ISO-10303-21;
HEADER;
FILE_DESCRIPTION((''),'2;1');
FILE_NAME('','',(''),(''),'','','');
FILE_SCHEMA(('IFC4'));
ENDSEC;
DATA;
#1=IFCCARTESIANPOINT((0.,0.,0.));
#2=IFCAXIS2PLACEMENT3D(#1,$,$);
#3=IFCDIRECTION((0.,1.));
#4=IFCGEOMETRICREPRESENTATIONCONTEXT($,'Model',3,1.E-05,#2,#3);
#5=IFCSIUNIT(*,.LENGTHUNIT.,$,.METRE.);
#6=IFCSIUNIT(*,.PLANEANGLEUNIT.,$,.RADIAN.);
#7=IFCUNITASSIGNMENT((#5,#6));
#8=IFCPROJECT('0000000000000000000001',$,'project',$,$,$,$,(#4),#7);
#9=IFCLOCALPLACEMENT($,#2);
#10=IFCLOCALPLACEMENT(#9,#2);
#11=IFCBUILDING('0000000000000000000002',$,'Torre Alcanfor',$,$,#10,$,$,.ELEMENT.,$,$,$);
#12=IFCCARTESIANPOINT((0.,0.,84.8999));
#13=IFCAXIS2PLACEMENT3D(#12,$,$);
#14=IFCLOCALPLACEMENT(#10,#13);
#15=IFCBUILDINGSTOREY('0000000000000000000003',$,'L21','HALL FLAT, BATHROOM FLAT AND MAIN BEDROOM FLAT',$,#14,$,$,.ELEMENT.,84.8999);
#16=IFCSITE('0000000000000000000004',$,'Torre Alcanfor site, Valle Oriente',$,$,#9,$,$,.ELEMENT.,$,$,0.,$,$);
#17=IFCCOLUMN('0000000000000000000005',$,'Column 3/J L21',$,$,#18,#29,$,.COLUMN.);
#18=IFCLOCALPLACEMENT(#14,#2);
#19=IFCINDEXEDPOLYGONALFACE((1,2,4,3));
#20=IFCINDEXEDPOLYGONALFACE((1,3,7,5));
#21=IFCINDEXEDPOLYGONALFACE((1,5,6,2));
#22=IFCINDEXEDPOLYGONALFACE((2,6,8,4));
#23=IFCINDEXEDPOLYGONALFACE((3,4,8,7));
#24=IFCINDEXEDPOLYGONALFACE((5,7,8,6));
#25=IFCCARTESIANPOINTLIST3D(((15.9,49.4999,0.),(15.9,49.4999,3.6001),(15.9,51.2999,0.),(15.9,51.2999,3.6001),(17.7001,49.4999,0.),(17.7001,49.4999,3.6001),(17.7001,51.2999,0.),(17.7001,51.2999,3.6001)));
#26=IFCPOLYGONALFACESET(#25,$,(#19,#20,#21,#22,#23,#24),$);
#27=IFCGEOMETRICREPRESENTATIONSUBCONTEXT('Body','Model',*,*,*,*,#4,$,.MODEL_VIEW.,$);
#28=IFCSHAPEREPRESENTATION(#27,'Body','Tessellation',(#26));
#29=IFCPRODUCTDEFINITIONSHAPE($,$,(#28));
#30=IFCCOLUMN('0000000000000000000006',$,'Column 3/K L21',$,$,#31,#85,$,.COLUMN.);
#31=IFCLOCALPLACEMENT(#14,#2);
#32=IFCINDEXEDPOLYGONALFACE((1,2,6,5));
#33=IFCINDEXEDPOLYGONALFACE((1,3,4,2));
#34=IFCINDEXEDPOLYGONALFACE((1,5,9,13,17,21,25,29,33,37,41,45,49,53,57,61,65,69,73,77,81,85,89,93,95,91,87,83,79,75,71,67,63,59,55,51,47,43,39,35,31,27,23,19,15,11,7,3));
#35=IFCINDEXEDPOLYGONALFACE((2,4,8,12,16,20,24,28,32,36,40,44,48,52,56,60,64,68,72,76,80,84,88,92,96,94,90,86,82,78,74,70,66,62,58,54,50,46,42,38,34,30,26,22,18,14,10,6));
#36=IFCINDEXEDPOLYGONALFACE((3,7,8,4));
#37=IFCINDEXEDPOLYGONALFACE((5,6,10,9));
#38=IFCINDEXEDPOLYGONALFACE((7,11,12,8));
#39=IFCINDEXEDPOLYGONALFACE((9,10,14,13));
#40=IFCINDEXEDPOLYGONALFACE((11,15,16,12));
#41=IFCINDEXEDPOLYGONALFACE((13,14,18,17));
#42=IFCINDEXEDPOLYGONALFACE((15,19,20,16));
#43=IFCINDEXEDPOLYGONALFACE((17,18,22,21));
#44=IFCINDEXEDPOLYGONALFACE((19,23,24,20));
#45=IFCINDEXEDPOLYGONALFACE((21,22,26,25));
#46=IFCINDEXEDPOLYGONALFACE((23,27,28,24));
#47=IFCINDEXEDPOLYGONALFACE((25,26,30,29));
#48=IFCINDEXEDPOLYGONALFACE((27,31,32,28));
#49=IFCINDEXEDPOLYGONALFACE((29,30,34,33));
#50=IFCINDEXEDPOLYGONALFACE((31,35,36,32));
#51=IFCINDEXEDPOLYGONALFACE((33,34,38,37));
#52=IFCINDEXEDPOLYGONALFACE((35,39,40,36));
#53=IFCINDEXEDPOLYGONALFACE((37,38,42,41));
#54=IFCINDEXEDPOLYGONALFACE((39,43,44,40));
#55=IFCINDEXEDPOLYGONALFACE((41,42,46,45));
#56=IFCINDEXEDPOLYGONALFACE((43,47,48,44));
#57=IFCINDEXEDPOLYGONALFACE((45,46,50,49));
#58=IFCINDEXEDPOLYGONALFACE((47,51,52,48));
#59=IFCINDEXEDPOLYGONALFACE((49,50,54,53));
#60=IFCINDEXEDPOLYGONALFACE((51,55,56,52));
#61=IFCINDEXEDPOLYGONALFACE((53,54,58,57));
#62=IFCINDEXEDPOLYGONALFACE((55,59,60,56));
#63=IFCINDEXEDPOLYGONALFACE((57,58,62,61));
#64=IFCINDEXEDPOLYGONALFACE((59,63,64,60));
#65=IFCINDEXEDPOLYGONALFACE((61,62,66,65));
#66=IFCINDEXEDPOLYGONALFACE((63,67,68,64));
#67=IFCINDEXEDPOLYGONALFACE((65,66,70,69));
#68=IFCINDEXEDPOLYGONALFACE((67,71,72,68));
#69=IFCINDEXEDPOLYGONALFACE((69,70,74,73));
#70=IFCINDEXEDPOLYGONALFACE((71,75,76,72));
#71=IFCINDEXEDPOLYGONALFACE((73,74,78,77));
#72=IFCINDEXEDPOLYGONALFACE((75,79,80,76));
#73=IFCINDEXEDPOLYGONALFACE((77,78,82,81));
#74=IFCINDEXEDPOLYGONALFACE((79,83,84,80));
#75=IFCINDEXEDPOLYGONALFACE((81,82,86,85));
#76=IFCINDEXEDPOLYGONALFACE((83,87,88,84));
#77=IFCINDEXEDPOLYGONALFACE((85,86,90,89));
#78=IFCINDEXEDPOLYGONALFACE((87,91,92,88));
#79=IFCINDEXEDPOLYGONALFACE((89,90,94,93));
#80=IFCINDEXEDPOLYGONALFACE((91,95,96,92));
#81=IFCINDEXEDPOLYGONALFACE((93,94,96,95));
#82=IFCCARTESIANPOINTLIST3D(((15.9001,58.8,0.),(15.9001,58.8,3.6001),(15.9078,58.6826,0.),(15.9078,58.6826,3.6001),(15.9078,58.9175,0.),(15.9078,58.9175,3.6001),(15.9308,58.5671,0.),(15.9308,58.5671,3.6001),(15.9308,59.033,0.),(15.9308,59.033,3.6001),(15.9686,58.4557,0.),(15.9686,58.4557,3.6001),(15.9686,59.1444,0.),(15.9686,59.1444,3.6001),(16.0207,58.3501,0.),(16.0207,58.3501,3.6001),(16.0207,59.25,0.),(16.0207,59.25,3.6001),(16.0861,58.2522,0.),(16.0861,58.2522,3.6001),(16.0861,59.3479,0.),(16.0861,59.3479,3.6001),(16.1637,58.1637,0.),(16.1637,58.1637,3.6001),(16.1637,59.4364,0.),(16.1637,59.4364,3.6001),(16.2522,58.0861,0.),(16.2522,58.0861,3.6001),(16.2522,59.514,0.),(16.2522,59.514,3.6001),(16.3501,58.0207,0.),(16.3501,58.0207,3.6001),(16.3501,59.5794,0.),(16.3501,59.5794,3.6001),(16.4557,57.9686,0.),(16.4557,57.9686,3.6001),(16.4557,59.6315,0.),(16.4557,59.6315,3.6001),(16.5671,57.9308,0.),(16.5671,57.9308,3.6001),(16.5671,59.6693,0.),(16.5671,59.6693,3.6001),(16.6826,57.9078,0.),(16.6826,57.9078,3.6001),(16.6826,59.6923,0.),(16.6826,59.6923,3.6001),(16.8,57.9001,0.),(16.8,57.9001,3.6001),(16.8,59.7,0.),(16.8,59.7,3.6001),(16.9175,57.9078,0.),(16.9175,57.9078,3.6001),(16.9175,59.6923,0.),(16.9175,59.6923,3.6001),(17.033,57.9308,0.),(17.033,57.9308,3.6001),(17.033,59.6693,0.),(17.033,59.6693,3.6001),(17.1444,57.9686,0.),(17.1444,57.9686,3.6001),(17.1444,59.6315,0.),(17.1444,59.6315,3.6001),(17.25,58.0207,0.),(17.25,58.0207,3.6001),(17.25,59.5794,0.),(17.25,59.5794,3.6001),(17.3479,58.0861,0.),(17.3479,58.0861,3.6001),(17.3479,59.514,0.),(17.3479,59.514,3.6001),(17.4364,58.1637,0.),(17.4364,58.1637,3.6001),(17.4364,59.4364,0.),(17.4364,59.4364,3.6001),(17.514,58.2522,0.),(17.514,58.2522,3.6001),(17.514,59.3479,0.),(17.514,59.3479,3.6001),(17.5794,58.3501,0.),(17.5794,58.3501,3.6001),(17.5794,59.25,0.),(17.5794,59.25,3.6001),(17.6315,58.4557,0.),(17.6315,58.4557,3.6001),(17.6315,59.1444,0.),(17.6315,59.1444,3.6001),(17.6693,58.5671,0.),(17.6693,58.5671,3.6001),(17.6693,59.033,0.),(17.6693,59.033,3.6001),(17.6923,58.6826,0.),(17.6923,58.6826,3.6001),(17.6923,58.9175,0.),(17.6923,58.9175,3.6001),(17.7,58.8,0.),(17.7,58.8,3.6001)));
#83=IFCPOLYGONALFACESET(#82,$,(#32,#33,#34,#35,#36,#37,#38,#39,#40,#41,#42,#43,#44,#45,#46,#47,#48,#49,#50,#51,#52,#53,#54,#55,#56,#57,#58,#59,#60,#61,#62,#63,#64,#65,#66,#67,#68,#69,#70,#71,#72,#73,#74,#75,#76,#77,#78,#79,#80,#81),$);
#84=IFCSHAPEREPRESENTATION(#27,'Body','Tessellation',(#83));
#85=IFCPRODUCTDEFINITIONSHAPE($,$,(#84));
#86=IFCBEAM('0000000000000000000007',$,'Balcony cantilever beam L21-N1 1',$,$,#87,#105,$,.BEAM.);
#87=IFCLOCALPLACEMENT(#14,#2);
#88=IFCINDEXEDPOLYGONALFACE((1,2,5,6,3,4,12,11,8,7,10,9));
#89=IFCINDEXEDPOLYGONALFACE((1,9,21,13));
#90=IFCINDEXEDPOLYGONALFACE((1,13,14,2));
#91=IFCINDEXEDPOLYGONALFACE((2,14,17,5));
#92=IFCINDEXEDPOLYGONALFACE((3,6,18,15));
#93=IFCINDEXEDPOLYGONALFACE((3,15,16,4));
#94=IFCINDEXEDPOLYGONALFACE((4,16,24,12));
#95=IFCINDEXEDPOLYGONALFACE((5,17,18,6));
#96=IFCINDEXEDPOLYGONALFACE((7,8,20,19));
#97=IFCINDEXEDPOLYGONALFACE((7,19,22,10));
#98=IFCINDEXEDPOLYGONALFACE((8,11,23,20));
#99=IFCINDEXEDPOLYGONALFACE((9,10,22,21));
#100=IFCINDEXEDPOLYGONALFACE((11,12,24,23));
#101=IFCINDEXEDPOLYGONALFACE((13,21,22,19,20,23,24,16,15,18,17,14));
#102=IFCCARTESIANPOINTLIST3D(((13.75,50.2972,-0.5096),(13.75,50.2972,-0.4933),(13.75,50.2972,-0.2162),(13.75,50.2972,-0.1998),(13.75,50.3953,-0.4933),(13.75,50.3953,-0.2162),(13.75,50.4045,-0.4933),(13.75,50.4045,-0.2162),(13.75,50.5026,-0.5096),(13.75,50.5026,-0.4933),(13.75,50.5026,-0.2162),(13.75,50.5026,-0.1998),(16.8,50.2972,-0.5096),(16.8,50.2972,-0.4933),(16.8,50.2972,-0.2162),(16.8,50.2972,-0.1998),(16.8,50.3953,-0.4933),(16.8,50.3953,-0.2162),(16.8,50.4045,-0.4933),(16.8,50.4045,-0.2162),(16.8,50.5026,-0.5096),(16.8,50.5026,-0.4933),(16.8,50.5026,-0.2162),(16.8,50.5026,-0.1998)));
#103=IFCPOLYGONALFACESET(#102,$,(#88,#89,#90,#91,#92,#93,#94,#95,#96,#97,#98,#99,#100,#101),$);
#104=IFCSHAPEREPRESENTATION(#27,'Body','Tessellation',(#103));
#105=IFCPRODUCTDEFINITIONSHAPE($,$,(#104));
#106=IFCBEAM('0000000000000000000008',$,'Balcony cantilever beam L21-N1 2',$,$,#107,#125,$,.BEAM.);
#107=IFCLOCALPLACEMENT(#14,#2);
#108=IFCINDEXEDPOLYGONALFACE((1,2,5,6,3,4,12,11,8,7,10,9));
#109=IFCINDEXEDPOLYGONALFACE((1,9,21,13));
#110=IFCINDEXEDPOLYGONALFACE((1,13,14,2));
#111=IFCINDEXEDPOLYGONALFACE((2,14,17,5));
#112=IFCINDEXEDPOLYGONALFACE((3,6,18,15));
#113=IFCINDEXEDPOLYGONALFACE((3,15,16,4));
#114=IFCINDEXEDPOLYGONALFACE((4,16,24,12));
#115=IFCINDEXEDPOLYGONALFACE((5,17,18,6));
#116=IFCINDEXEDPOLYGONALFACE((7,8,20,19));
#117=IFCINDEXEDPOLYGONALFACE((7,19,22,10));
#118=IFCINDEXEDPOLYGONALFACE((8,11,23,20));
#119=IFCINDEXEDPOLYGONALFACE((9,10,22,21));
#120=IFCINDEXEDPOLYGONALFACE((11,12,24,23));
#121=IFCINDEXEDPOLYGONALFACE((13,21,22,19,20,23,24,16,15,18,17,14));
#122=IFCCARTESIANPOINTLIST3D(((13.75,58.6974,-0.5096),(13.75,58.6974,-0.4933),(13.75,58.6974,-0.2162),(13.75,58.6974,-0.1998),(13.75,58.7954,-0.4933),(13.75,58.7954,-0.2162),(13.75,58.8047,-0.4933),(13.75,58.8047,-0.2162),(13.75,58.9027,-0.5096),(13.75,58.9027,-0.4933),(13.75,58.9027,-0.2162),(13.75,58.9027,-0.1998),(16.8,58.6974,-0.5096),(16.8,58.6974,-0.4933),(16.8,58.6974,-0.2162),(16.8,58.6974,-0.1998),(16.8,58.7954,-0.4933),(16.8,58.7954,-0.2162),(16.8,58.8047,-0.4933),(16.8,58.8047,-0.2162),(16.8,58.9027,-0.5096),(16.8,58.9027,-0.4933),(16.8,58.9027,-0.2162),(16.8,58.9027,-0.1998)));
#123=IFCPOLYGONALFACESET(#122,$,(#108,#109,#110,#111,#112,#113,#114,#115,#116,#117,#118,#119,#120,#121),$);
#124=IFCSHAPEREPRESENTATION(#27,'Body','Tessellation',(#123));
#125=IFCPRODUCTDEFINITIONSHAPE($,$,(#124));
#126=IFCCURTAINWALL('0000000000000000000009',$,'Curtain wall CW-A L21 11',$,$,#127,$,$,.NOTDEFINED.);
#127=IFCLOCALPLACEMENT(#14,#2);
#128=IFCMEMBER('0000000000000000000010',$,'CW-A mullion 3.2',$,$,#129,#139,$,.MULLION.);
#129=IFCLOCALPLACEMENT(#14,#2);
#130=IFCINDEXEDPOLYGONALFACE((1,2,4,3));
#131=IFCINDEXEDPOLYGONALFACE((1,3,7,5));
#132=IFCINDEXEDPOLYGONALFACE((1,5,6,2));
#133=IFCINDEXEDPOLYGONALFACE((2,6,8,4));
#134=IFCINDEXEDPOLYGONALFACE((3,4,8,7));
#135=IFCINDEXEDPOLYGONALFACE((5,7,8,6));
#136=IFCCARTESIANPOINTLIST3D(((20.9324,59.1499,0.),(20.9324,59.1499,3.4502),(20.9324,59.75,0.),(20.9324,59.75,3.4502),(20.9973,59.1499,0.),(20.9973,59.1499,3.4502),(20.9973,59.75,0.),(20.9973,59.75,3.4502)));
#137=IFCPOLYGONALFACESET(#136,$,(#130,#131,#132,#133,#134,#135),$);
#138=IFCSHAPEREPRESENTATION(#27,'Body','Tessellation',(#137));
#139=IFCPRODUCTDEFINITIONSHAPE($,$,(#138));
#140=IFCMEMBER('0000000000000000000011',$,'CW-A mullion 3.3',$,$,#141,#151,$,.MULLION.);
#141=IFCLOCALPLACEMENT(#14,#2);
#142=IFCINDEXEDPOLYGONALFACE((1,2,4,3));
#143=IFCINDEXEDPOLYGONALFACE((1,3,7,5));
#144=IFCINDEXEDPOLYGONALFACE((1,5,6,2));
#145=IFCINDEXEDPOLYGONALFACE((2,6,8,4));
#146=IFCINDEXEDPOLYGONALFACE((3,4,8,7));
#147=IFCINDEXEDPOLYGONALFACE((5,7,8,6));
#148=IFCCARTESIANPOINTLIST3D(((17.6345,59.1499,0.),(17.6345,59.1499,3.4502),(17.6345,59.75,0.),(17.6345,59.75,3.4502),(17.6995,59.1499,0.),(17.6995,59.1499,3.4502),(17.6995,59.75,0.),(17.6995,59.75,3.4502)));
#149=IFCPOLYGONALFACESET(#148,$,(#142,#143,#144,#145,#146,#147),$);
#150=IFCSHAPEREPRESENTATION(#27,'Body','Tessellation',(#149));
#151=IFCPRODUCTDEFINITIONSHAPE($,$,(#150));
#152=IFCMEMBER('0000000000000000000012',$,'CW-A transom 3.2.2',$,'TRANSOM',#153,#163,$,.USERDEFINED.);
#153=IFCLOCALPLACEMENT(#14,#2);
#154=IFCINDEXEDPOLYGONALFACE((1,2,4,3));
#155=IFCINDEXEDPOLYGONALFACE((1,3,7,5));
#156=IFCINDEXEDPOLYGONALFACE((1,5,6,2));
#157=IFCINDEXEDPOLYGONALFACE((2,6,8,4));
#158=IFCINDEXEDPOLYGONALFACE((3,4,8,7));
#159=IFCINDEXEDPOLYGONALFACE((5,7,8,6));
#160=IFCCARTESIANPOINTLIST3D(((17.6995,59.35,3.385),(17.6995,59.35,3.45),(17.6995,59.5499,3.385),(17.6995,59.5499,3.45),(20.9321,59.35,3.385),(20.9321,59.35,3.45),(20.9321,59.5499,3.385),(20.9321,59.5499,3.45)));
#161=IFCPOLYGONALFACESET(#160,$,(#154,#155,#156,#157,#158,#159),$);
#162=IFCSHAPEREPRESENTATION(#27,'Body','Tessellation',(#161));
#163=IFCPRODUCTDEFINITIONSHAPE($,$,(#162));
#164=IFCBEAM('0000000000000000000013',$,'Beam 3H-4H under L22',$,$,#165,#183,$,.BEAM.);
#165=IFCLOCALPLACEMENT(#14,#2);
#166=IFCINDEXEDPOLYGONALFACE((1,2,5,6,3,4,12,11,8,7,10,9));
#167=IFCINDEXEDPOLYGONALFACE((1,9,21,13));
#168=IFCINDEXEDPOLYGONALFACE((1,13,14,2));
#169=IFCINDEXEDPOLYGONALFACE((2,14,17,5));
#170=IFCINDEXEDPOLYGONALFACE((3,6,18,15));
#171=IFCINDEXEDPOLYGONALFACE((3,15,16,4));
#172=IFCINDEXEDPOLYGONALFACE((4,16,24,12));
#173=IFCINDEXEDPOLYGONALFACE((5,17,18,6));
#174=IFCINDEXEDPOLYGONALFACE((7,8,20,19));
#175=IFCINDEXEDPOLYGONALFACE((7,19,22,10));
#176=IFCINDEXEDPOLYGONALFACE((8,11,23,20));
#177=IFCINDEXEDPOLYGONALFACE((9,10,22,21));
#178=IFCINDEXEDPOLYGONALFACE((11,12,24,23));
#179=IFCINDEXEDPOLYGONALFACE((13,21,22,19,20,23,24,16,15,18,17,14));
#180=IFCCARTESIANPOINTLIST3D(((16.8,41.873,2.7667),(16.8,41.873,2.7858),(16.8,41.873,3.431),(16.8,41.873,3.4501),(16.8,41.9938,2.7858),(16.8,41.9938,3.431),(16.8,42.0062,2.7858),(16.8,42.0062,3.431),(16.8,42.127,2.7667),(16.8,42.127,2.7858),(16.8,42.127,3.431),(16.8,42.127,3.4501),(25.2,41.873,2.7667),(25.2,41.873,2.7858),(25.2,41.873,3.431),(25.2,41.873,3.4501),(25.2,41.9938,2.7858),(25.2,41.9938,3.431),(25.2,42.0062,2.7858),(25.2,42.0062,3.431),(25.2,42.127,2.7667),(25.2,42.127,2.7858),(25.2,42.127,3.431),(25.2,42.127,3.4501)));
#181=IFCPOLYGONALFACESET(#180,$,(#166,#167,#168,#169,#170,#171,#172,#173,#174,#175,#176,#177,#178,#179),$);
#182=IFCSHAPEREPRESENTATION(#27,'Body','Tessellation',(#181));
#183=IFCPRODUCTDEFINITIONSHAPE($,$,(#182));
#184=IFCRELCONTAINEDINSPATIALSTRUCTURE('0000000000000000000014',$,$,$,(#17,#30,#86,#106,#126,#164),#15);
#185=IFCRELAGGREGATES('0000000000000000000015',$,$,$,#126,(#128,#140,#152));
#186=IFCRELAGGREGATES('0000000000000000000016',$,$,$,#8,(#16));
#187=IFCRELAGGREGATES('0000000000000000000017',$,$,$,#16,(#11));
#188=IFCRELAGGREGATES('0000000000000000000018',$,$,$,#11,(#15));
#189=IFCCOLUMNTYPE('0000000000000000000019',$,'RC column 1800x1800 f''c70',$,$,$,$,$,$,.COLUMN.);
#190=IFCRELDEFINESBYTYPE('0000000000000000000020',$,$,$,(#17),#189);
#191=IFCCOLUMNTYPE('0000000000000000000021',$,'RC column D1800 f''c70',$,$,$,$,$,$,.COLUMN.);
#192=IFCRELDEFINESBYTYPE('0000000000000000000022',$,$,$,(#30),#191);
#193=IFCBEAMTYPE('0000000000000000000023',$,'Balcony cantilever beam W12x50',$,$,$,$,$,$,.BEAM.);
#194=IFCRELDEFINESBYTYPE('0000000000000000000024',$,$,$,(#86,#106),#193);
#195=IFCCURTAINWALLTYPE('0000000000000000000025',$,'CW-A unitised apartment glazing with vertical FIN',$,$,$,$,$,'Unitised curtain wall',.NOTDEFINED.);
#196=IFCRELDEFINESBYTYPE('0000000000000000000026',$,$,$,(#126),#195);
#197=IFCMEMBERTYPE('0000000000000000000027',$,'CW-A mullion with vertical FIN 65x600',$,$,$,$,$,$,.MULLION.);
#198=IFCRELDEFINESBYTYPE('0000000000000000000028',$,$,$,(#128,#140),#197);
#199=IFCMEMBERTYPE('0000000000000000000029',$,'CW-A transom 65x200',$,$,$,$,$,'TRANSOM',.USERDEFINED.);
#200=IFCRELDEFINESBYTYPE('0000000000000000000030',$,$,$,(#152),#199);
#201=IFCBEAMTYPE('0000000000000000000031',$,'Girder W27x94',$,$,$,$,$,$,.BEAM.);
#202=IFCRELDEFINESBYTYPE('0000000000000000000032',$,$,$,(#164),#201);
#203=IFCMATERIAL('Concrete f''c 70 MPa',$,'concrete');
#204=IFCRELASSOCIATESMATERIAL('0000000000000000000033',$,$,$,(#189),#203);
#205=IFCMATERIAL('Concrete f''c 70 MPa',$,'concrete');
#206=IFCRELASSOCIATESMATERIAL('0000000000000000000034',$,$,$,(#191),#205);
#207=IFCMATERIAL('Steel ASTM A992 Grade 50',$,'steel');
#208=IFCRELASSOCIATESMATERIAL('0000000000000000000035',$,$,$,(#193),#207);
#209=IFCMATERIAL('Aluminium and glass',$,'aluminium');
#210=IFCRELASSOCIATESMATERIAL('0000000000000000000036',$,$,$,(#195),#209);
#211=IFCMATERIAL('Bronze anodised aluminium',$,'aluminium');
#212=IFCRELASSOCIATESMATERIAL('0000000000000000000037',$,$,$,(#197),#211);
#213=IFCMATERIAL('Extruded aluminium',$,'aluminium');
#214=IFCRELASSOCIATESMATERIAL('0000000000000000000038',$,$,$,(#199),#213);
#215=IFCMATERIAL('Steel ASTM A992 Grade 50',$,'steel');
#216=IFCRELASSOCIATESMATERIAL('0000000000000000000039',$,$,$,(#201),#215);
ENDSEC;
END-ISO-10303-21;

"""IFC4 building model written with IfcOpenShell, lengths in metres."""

from ifc_helpers import new_model, si_unit, direction, frame, origin, origin_2d, place, context, subcontext, project, spatial, rectangle, circle, i_section, extrude, material, material_profile, profile_set, type_object, element, aggregate, save


model = new_model("IFC4")

# Units and contexts
model_context = context("Model", 3, precision=1e-05, world=origin(), true_north=direction((0.0, 1.0)))
body_context = subcontext(model_context, "Body", "Model", "MODEL_VIEW")
ifc_project = project(units=[si_unit("LENGTHUNIT", "METRE"), si_unit("PLANEANGLEUNIT", "RADIAN")], contexts=[model_context])

# Site, building, storey
site_placement = place(None, origin())
site = spatial("IfcSite", under=ifc_project, at=site_placement, Name="Torre Alcanfor site, Valle Oriente", CompositionType="ELEMENT", RefElevation=0.0)
building_placement = place(site_placement, origin())
building = spatial("IfcBuilding", under=site, at=building_placement, Name="Torre Alcanfor", CompositionType="ELEMENT")
storey_placement = place(building_placement, frame((0.0, 0.0, 84.8999)))
storey = spatial("IfcBuildingStorey", under=building, at=storey_placement, Name="L21", Description="HALL FLAT, BATHROOM FLAT AND MAIN BEDROOM FLAT", CompositionType="ELEMENT", Elevation=84.8999)

# Columns
ifc_material_1 = material(Name="Concrete f'c 70 MPa", Category="concrete")
ifc_material_profile_1 = material_profile(ifc_material_1, rectangle(XDim=1.8, YDim=1.8, at=origin_2d()), Name="1800x1800")
ifc_profile_set_1 = profile_set([ifc_material_profile_1], Name="Concrete f'c 70 MPa")
column_type_1 = type_object("IfcColumnType", Name="RC column 1800x1800 f'c70", PredefinedType="COLUMN", material=ifc_profile_set_1)
column_1_placement = place(storey_placement, frame((16.8, 50.3999, 0.0), z_axis=(0.0, 0.0, 1.0), x_axis=(1.0, 0.0, 0.0)))
element("IfcColumn", 1, at=column_1_placement, inside=storey, type_object=column_type_1, Name="Column 3/J L21", PredefinedType="COLUMN", context=body_context, shape_type="SweptSolid", body=[
    extrude(rectangle(XDim=1.8, YDim=1.8, at=origin_2d()), origin(), (0.0, 0.0, 1.0), 3.6001),
])
ifc_material_2 = material(Name="Concrete f'c 70 MPa", Category="concrete")
ifc_material_profile_2 = material_profile(ifc_material_2, circle(Radius=0.8999, at=origin_2d()), Name="D1800")
ifc_profile_set_2 = profile_set([ifc_material_profile_2], Name="Concrete f'c 70 MPa")
column_type_2 = type_object("IfcColumnType", Name="RC column D1800 f'c70", PredefinedType="COLUMN", material=ifc_profile_set_2)
column_2_placement = place(storey_placement, frame((16.8, 58.8, 0.0), z_axis=(0.0, 0.0, 1.0), x_axis=(1.0, 0.0, 0.0)))
element("IfcColumn", 2, at=column_2_placement, inside=storey, type_object=column_type_2, Name="Column 3/K L21", PredefinedType="COLUMN", context=body_context, shape_type="SweptSolid", body=[
    extrude(circle(Radius=0.8999, at=origin_2d()), origin(), (0.0, 0.0, 1.0), 3.6001),
])

# Beams
ifc_material_3 = material(Name="Steel ASTM A992 Grade 50", Category="steel")
ifc_material_profile_3 = material_profile(ifc_material_3, i_section(OverallWidth=0.2053, OverallDepth=0.3098, WebThickness=0.0093, FlangeThickness=0.0164, at=origin_2d()), Name="W12x50")
ifc_profile_set_3 = profile_set([ifc_material_profile_3], Name="Steel ASTM A992 Grade 50")
beam_type_1 = type_object("IfcBeamType", Name="Balcony cantilever beam W12x50", PredefinedType="BEAM", material=ifc_profile_set_3)
for number, where, z_axis, x_axis, name in (
    (3, (16.8, 50.3999, -0.3547), (-1.0, 0.0, 0.0), (0.0, -1.0, 0.0), "Balcony cantilever beam L21-N1 1"),
    (4, (16.8, 58.8, -0.3547), (-1.0, 0.0, 0.0), (0.0, -1.0, 0.0), "Balcony cantilever beam L21-N1 2"),
):
    element("IfcBeam", number, at=place(storey_placement, frame(where, z_axis=z_axis, x_axis=x_axis)), inside=storey, type_object=beam_type_1, Name=name, PredefinedType="BEAM", context=body_context, shape_type="SweptSolid", body=[
        extrude(i_section(OverallWidth=0.2053, OverallDepth=0.3098, WebThickness=0.0093, FlangeThickness=0.0164, at=origin_2d()), origin(), (0.0, 0.0, 1.0), 3.05),
    ])

# Curtain wall, members
ifc_material_4 = material(Name="Aluminium and glass", Category="aluminium")
curtain_wall_type = type_object("IfcCurtainWallType", Name="CW-A unitised apartment glazing with vertical FIN", ElementType="Unitised curtain wall", PredefinedType="NOTDEFINED", material=ifc_material_4)
curtain_wall_placement = place(storey_placement, origin())
curtain_wall = element("IfcCurtainWall", 5, at=curtain_wall_placement, inside=storey, type_object=curtain_wall_type, Name="Curtain wall CW-A L21 11", PredefinedType="NOTDEFINED")
ifc_material_5 = material(Name="Bronze anodised aluminium", Category="aluminium")
ifc_material_profile_4 = material_profile(ifc_material_5, rectangle(XDim=0.6001, YDim=0.0649, at=origin_2d()), Name="CW-A mullion 65x600")
ifc_profile_set_4 = profile_set([ifc_material_profile_4], Name="Bronze anodised aluminium")
member_type_1 = type_object("IfcMemberType", Name="CW-A mullion with vertical FIN 65x600", PredefinedType="MULLION", material=ifc_profile_set_4)
member_1_placement = place(storey_placement, frame((20.9648, 59.45, 0.0), z_axis=(0.0, 0.0, 1.0), x_axis=(0.0, -1.0, 0.0)))
member_1 = element("IfcMember", 6, at=member_1_placement, type_object=member_type_1, Name="CW-A mullion 3.2", PredefinedType="MULLION", context=body_context, shape_type="SweptSolid", body=[
    extrude(rectangle(XDim=0.6001, YDim=0.0649, at=origin_2d()), origin(), (0.0, 0.0, 1.0), 3.4502),
])
member_2_placement = place(storey_placement, frame((17.667, 59.45, 0.0), z_axis=(0.0, 0.0, 1.0), x_axis=(0.0, -1.0, 0.0)))
member_2 = element("IfcMember", 7, at=member_2_placement, type_object=member_type_1, Name="CW-A mullion 3.3", PredefinedType="MULLION", context=body_context, shape_type="SweptSolid", body=[
    extrude(rectangle(XDim=0.6001, YDim=0.0649, at=origin_2d()), origin(), (0.0, 0.0, 1.0), 3.4502),
])
ifc_material_6 = material(Name="Extruded aluminium", Category="aluminium")
ifc_material_profile_5 = material_profile(ifc_material_6, rectangle(XDim=0.2, YDim=0.0649, at=origin_2d()), Name="CW-A transom 200x65")
ifc_profile_set_5 = profile_set([ifc_material_profile_5], Name="Extruded aluminium")
member_type_2 = type_object("IfcMemberType", Name="CW-A transom 65x200", ElementType="TRANSOM", PredefinedType="USERDEFINED", material=ifc_profile_set_5)
member_3_placement = place(storey_placement, frame((20.9321, 59.45, 3.4175), z_axis=(-1.0, 0.0, 0.0), x_axis=(0.0, -1.0, 0.0)))
member_3 = element("IfcMember", 8, at=member_3_placement, type_object=member_type_2, Name="CW-A transom 3.2.2", ObjectType="TRANSOM", PredefinedType="USERDEFINED", context=body_context, shape_type="SweptSolid", body=[
    extrude(rectangle(XDim=0.2, YDim=0.0649, at=origin_2d()), origin(), (0.0, 0.0, 1.0), 3.2327),
])

# Beam
ifc_material_7 = material(Name="Steel ASTM A992 Grade 50", Category="steel")
ifc_material_profile_6 = material_profile(ifc_material_7, i_section(OverallWidth=0.2539, OverallDepth=0.6833, WebThickness=0.0125, FlangeThickness=0.019, at=origin_2d()), Name="W27x94")
ifc_profile_set_6 = profile_set([ifc_material_profile_6], Name="Steel ASTM A992 Grade 50")
beam_type_2 = type_object("IfcBeamType", Name="Girder W27x94", PredefinedType="BEAM", material=ifc_profile_set_6)
for number, where, z_axis, x_axis, name in (
    (9, (16.8, 42.0, 3.1084), (1.0, 0.0, 0.0), (0.0, 1.0, 0.0), "Beam 3H-4H under L22"),
):
    element("IfcBeam", number, at=place(storey_placement, frame(where, z_axis=z_axis, x_axis=x_axis)), inside=storey, type_object=beam_type_2, Name=name, PredefinedType="BEAM", context=body_context, shape_type="SweptSolid", body=[
        extrude(i_section(OverallWidth=0.2539, OverallDepth=0.6833, WebThickness=0.0125, FlangeThickness=0.019, at=origin_2d()), origin(), (0.0, 0.0, 1.0), 8.3999),
    ])

aggregate(curtain_wall, [member_1, member_2, member_3])

save(model, "model.ifc")
